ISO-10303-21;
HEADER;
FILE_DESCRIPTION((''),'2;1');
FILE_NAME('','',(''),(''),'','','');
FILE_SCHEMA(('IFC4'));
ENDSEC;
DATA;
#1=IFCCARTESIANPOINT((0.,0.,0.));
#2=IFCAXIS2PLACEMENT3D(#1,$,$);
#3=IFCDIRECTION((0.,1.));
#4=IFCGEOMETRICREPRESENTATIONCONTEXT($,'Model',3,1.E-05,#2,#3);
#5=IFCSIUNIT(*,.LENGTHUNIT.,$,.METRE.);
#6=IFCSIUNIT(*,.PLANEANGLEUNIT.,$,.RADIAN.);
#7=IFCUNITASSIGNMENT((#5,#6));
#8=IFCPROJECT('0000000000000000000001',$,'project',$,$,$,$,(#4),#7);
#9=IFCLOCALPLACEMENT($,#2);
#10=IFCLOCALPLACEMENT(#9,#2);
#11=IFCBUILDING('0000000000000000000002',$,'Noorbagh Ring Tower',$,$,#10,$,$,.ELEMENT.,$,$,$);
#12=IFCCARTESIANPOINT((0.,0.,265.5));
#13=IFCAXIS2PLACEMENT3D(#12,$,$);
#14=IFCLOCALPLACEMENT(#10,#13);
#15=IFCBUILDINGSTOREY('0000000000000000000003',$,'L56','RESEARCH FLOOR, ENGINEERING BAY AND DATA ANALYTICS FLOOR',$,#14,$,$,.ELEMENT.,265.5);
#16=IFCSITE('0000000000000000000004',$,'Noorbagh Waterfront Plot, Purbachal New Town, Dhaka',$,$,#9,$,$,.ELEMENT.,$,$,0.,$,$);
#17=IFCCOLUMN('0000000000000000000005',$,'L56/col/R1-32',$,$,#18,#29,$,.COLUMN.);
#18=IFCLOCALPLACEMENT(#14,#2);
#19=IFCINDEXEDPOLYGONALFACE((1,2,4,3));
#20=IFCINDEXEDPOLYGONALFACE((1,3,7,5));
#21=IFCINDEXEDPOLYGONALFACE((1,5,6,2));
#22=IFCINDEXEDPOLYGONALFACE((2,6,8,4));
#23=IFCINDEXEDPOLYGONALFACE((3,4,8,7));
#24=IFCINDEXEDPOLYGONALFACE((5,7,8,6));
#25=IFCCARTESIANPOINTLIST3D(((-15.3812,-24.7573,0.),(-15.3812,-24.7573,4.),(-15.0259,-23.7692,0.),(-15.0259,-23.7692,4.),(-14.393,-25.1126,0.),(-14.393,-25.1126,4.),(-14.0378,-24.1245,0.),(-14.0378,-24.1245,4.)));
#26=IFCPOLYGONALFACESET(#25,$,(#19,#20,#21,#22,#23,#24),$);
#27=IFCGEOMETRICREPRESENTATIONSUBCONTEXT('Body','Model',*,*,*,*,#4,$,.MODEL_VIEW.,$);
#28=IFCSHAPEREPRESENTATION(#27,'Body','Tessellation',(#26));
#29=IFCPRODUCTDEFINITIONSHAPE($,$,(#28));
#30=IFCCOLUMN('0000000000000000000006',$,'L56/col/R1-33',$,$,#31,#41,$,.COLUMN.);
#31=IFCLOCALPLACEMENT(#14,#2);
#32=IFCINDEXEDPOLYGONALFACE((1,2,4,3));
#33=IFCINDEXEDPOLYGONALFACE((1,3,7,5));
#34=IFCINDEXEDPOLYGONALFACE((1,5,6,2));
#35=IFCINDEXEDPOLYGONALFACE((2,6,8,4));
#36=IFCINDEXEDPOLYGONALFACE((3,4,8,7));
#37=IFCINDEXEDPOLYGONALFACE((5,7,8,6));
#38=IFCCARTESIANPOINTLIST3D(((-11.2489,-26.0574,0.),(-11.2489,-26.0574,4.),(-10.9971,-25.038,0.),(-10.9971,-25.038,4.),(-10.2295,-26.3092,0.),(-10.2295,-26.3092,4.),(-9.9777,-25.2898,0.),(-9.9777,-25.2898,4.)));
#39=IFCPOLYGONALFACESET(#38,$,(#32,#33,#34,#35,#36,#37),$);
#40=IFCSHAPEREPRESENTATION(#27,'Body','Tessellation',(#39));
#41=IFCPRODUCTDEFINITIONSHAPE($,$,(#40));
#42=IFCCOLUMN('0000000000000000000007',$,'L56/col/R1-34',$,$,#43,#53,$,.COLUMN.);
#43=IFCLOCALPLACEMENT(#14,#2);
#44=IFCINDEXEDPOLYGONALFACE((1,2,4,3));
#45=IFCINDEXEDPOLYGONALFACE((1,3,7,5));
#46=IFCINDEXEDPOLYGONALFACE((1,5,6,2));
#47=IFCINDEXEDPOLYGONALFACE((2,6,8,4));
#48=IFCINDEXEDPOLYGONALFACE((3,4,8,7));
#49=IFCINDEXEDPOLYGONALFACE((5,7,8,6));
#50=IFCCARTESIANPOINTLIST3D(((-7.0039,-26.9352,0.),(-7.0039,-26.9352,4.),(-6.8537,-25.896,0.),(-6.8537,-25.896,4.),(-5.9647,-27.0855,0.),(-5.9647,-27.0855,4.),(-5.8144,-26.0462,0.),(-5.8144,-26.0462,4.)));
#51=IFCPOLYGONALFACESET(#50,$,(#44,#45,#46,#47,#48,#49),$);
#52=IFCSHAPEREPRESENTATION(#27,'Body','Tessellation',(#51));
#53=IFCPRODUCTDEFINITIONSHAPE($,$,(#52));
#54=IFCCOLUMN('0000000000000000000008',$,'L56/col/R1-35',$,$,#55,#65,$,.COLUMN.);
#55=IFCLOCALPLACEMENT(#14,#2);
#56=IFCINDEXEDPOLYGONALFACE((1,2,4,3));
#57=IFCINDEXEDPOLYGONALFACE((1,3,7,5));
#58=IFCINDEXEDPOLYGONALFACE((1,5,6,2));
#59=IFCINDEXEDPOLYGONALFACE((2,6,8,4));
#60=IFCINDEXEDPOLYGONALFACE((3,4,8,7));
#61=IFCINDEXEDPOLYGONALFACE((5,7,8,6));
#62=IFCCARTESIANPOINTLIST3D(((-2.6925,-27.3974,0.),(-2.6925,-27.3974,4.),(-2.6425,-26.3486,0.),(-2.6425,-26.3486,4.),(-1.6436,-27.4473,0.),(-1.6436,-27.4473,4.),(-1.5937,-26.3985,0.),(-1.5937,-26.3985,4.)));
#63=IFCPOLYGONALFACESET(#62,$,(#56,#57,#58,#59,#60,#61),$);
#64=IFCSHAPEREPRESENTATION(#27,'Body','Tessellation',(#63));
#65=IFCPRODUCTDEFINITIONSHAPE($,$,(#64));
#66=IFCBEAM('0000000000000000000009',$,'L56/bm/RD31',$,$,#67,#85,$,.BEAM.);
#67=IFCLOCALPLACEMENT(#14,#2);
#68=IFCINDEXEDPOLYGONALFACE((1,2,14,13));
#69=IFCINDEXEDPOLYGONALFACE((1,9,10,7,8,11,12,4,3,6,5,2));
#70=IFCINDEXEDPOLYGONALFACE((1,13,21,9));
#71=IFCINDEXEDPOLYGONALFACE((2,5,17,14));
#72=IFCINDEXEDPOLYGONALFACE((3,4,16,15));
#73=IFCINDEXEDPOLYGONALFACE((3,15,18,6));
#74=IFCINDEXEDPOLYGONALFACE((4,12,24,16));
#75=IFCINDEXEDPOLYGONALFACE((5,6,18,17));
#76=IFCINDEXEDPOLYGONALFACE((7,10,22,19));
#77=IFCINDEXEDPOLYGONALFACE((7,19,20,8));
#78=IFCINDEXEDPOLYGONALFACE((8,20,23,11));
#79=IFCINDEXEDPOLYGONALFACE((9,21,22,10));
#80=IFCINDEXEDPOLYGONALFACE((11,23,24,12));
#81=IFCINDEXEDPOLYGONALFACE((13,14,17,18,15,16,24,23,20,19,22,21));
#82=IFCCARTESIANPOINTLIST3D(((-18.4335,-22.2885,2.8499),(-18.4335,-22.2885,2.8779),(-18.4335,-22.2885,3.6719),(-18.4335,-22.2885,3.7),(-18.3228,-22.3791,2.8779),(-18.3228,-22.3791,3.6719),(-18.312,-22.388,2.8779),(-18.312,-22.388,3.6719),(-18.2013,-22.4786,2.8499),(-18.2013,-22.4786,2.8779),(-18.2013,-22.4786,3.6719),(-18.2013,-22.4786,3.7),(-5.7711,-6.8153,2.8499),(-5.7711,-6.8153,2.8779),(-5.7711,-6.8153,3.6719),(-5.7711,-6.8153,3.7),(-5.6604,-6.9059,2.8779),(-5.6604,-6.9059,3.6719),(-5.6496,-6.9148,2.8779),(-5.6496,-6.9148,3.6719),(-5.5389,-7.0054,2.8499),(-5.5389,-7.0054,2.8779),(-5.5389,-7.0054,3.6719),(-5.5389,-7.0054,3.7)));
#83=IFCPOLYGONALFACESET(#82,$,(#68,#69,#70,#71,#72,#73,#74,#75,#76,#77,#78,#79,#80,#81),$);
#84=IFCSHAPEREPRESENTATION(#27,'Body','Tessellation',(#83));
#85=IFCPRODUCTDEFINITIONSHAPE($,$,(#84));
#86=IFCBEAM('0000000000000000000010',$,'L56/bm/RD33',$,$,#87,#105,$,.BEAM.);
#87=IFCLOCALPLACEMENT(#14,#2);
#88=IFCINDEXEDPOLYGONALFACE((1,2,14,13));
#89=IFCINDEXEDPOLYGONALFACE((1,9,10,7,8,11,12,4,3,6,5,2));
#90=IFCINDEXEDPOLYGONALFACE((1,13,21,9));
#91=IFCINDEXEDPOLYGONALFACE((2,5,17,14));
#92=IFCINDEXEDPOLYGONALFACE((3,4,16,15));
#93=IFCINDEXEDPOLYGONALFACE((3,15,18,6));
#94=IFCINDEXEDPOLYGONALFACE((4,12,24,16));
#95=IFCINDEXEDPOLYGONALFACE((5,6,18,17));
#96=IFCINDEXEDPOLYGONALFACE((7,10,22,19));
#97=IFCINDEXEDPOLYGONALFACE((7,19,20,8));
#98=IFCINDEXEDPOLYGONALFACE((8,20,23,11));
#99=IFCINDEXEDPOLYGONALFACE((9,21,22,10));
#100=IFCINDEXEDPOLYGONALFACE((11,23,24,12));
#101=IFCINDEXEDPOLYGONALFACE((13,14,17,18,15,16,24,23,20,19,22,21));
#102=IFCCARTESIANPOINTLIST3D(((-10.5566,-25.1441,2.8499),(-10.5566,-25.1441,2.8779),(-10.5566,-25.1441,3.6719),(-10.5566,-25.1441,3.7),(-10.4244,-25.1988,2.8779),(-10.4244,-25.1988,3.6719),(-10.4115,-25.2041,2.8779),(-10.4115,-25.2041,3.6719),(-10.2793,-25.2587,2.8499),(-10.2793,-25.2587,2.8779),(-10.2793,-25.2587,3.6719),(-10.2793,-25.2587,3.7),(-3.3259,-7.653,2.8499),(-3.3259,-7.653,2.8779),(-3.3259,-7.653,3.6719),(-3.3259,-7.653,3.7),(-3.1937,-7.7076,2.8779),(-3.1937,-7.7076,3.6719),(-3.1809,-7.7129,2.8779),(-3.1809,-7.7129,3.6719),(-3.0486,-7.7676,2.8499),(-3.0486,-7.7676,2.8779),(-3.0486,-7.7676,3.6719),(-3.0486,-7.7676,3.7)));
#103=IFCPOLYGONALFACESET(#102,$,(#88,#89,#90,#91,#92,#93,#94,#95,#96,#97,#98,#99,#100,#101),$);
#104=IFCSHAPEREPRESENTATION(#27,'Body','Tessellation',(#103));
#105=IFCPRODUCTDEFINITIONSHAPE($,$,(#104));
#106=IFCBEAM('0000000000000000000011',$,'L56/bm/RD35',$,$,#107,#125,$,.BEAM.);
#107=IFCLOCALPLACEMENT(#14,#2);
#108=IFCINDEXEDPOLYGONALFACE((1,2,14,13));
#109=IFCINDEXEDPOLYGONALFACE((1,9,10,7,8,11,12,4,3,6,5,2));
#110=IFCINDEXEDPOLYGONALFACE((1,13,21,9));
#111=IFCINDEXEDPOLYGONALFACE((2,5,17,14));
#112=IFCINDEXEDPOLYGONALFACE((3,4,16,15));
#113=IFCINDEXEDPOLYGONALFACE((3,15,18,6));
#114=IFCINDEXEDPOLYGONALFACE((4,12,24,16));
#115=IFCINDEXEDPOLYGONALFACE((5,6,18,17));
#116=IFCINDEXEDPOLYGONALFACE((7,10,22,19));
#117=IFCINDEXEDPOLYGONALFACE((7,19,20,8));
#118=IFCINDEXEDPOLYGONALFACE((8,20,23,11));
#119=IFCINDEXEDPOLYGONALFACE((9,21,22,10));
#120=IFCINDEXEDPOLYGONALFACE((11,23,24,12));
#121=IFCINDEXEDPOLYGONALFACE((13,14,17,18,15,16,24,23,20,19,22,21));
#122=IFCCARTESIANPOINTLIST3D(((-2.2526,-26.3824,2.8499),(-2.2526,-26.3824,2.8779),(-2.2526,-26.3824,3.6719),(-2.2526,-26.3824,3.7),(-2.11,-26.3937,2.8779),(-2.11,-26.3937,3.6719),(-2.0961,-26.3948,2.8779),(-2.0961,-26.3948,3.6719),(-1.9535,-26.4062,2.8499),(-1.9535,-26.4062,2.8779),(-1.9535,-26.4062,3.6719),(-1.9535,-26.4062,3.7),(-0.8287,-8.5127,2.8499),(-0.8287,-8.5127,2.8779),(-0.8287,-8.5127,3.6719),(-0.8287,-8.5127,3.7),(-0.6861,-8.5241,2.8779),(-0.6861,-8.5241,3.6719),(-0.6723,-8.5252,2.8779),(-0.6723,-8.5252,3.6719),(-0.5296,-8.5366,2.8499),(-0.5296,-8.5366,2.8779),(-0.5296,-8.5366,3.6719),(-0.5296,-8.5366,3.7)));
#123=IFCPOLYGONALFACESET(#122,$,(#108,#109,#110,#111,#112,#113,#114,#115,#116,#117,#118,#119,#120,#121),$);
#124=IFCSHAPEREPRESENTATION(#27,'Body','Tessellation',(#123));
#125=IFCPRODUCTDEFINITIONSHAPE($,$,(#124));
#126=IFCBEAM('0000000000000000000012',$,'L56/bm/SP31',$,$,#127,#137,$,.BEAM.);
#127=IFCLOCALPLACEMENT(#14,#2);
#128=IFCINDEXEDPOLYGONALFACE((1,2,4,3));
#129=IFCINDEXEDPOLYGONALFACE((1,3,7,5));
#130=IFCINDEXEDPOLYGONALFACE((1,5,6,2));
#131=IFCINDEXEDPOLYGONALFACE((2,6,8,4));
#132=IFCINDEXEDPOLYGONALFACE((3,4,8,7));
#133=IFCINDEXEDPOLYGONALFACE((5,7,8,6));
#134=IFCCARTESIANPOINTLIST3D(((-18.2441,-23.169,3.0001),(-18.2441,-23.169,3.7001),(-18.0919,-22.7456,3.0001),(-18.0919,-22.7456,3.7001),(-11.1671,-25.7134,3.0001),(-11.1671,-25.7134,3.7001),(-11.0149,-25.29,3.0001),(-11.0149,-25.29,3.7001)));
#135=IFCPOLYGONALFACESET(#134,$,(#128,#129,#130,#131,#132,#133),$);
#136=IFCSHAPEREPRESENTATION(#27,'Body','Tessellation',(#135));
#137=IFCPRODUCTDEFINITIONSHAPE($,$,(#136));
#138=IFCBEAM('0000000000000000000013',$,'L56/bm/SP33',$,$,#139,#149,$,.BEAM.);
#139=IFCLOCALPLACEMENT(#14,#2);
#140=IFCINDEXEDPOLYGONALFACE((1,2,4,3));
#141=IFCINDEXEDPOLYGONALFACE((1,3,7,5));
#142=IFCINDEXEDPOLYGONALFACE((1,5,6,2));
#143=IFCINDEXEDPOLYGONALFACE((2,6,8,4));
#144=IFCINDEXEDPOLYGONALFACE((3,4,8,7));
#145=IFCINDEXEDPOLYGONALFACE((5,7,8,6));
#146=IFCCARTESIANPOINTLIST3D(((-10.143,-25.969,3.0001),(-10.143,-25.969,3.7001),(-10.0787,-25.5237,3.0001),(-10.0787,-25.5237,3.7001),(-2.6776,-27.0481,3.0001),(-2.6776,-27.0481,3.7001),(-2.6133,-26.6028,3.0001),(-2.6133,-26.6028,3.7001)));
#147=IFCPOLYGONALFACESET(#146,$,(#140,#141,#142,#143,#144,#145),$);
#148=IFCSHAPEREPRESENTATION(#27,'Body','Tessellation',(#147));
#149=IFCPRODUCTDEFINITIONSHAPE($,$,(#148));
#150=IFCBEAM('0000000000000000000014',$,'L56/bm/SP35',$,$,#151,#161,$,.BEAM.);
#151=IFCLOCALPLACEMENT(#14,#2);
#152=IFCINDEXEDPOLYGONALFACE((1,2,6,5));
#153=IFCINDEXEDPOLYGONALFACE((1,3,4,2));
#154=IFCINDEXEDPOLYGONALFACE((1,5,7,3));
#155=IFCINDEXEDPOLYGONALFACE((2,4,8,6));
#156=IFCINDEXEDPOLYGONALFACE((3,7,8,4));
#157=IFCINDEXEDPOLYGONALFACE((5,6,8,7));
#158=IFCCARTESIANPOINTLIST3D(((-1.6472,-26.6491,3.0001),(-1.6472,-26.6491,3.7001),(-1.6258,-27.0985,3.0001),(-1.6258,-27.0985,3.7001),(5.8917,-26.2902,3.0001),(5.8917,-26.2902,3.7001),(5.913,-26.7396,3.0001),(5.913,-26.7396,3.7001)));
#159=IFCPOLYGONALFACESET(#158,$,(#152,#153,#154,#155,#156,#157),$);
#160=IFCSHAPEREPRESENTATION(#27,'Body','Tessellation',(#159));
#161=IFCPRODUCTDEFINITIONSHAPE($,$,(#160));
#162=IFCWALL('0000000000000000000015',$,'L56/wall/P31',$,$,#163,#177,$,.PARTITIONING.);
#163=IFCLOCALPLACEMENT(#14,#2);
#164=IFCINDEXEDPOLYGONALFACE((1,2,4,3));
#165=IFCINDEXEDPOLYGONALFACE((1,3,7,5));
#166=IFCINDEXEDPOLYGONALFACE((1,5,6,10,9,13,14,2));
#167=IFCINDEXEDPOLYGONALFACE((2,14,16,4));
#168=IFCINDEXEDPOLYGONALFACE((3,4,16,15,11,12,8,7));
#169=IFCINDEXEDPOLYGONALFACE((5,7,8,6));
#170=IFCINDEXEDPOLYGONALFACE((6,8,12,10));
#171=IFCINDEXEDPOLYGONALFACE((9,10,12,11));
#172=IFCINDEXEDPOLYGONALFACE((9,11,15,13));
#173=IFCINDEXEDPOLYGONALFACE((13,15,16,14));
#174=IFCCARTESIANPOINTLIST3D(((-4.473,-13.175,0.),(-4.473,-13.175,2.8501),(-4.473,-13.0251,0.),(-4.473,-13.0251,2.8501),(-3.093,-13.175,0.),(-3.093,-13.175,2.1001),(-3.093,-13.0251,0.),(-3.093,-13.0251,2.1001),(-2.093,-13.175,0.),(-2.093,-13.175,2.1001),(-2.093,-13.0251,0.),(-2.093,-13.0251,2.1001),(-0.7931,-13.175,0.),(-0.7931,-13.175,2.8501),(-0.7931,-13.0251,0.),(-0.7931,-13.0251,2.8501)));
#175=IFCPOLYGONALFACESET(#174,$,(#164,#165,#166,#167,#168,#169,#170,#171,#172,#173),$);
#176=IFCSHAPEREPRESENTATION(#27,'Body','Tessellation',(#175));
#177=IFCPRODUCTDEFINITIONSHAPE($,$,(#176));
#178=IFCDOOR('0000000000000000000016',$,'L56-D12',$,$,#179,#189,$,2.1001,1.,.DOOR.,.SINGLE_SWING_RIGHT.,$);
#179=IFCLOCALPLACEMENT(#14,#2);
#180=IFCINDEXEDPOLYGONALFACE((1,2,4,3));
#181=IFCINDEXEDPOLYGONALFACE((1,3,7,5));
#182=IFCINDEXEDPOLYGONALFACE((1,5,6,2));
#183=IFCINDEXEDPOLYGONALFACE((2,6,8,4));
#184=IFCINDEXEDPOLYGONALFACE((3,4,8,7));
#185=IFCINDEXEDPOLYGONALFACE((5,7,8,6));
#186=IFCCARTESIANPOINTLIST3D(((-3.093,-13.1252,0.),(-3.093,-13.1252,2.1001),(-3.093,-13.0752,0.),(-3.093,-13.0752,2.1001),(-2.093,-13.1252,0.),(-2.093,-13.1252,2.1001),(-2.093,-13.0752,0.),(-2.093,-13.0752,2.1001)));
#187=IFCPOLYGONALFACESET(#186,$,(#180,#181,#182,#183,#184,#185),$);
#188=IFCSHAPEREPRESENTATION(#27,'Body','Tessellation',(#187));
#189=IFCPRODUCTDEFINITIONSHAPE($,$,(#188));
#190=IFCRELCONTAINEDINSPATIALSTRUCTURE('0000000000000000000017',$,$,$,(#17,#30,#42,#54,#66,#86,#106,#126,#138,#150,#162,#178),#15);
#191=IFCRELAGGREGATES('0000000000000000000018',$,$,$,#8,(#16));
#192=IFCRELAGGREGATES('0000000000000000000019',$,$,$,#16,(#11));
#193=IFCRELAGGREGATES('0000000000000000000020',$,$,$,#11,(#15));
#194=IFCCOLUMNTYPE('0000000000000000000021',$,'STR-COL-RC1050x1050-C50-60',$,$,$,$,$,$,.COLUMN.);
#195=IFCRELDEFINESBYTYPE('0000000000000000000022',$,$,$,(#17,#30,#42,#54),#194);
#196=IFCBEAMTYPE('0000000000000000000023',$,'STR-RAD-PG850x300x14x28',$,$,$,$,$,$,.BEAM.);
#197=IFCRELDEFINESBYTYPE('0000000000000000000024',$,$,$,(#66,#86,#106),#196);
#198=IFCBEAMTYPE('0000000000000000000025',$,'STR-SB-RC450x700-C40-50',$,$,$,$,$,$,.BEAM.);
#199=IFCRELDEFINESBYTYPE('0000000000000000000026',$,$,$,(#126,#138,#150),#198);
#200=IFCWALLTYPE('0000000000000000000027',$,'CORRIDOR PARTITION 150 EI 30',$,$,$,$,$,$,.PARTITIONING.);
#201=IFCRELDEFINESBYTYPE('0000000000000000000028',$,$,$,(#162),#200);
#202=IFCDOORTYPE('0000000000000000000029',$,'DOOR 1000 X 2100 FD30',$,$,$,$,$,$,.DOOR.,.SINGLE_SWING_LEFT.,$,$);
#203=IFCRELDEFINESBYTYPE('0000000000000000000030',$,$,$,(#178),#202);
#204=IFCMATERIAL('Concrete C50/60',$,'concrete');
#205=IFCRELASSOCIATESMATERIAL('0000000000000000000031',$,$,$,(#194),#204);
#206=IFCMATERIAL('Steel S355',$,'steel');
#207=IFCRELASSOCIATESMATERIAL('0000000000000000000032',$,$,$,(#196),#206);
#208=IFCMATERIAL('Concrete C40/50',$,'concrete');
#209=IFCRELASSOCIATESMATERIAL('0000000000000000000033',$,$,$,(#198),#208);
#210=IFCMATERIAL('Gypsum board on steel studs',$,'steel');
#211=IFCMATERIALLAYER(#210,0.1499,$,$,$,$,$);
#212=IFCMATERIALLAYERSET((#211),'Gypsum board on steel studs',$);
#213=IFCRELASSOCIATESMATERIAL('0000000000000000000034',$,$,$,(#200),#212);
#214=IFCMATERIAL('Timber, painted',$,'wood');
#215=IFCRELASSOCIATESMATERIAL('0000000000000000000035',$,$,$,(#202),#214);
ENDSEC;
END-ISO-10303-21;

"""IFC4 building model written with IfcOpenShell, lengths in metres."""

from ifc_helpers import new_model, si_unit, direction, frame, frame_2d, origin, origin_2d, place, context, subcontext, project, spatial, rectangle, i_section, extrude, material, layer, layer_set, material_profile, profile_set, type_object, element, fill, save


model = new_model("IFC4")

# Units and contexts
model_context = context("Model", 3, precision=1e-05, world=origin(), true_north=direction((0.0, 1.0)))
body_context = subcontext(model_context, "Body", "Model", "MODEL_VIEW")
ifc_project = project(units=[si_unit("LENGTHUNIT", "METRE"), si_unit("PLANEANGLEUNIT", "RADIAN")], contexts=[model_context])

# Site, building, storey
site_placement = place(None, origin())
site = spatial("IfcSite", under=ifc_project, at=site_placement, Name="Noorbagh Waterfront Plot, Purbachal New Town, Dhaka", CompositionType="ELEMENT", RefElevation=0.0)
building_placement = place(site_placement, origin())
building = spatial("IfcBuilding", under=site, at=building_placement, Name="Noorbagh Ring Tower", CompositionType="ELEMENT")
storey_placement = place(building_placement, frame((0.0, 0.0, 265.5)))
storey = spatial("IfcBuildingStorey", under=building, at=storey_placement, Name="L56", Description="RESEARCH FLOOR, ENGINEERING BAY AND DATA ANALYTICS FLOOR", CompositionType="ELEMENT", Elevation=265.5)

# Columns
ifc_material_1 = material(Name="Concrete C50/60", Category="concrete")
ifc_material_profile_1 = material_profile(ifc_material_1, rectangle(XDim=1.05, YDim=1.05, at=origin_2d()), Name="RC1050x1050")
ifc_profile_set_1 = profile_set([ifc_material_profile_1], Name="Concrete C50/60")
column_type = type_object("IfcColumnType", Name="STR-COL-RC1050x1050-C50-60", PredefinedType="COLUMN", material=ifc_profile_set_1)
for number, where, z_axis, x_axis, name in (
    (1, (-14.7095, -24.4409, 0.0), (0.0, 0.0, 1.0), (0.941025, -0.338338, 0.0), "L56/col/R1-32"),
    (2, (-10.6133, -25.6736, 0.0), (0.0, 0.0, 1.0), (0.970829, -0.239771, 0.0), "L56/col/R1-33"),
    (3, (-6.4092, -26.4907, 0.0), (0.0, 0.0, 1.0), (0.989713, -0.143066, 0.0), "L56/col/R1-34"),
    (4, (-2.1431, -26.8979, 0.0), (0.0, 0.0, 1.0), (0.998869, -0.047553, 0.0), "L56/col/R1-35"),
):
    element("IfcColumn", number, at=place(storey_placement, frame(where, z_axis=z_axis, x_axis=x_axis)), inside=storey, type_object=column_type, Name=name, PredefinedType="COLUMN", context=body_context, shape_type="SweptSolid", body=[
        extrude(rectangle(XDim=1.05, YDim=1.05, at=origin_2d()), origin(), (0.0, 0.0, 1.0), 4.0),
    ])

# Beams
ifc_material_2 = material(Name="Steel S355", Category="steel")
ifc_material_profile_2 = material_profile(ifc_material_2, i_section(OverallWidth=0.3, OverallDepth=0.8501, WebThickness=0.0139, FlangeThickness=0.0281, at=origin_2d()), Name="PG850x300x14x28")
ifc_profile_set_2 = profile_set([ifc_material_profile_2], Name="Steel S355")
beam_type_1 = type_object("IfcBeamType", Name="STR-RAD-PG850x300x14x28", PredefinedType="BEAM", material=ifc_profile_set_2)
beam_1_placement = place(storey_placement, frame((-18.3174, -22.3835, 3.2749), z_axis=(0.633313, 0.773896, 0.0), x_axis=(-0.773896, 0.633313, 0.0)))
element("IfcBeam", 5, at=beam_1_placement, inside=storey, type_object=beam_type_1, Name="L56/bm/RD31", PredefinedType="BEAM", context=body_context, shape_type="SweptSolid", body=[
    extrude(i_section(OverallWidth=0.3, OverallDepth=0.8501, WebThickness=0.0139, FlangeThickness=0.0281, at=origin_2d()), origin(), (0.0, 0.0, 1.0), 19.9939),
])
beam_2_placement = place(storey_placement, frame((-10.418, -25.2014, 3.2749), z_axis=(0.382035, 0.924148, 0.0), x_axis=(-0.924148, 0.382035, 0.0)))
element("IfcBeam", 6, at=beam_2_placement, inside=storey, type_object=beam_type_1, Name="L56/bm/RD33", PredefinedType="BEAM", context=body_context, shape_type="SweptSolid", body=[
    extrude(i_section(OverallWidth=0.3, OverallDepth=0.8501, WebThickness=0.0139, FlangeThickness=0.0281, at=origin_2d()), origin(), (0.0, 0.0, 1.0), 18.9268),
])
beam_3_placement = place(storey_placement, frame((-2.103, -26.3943, 3.2749), z_axis=(0.079427, 0.996841, 0.0), x_axis=(-0.996841, 0.079427, 0.0)))
element("IfcBeam", 7, at=beam_3_placement, inside=storey, type_object=beam_type_1, Name="L56/bm/RD35", PredefinedType="BEAM", context=body_context, shape_type="SweptSolid", body=[
    extrude(i_section(OverallWidth=0.3, OverallDepth=0.8501, WebThickness=0.0139, FlangeThickness=0.0281, at=origin_2d()), origin(), (0.0, 0.0, 1.0), 17.9263),
])
ifc_material_3 = material(Name="Concrete C40/50", Category="concrete")
ifc_material_profile_3 = material_profile(ifc_material_3, rectangle(XDim=0.45, YDim=0.7, at=origin_2d()), Name="RC450x700")
ifc_profile_set_3 = profile_set([ifc_material_profile_3], Name="Concrete C40/50")
beam_type_2 = type_object("IfcBeamType", Name="STR-SB-RC450x700-C40-50", PredefinedType="BEAM", material=ifc_profile_set_3)
beam_4_placement = place(storey_placement, frame((-18.168, -22.9573, 3.3501), z_axis=(0.941025, -0.338337, 0.0), x_axis=(0.338337, 0.941025, 0.0)))
element("IfcBeam", 8, at=beam_4_placement, inside=storey, type_object=beam_type_2, Name="L56/bm/SP31", PredefinedType="BEAM", context=body_context, shape_type="SweptSolid", body=[
    extrude(rectangle(XDim=0.45, YDim=0.7, at=origin_2d()), origin(), (0.0, 0.0, 1.0), 7.5205),
])
beam_5_placement = place(storey_placement, frame((-10.1108, -25.7463, 3.3501), z_axis=(0.989714, -0.143062, 0.0), x_axis=(0.143062, 0.989714, 0.0)))
element("IfcBeam", 9, at=beam_5_placement, inside=storey, type_object=beam_type_2, Name="L56/bm/SP33", PredefinedType="BEAM", context=body_context, shape_type="SweptSolid", body=[
    extrude(rectangle(XDim=0.45, YDim=0.7, at=origin_2d()), origin(), (0.0, 0.0, 1.0), 7.543),
])
beam_6_placement = place(storey_placement, frame((-1.6365, -26.8738, 3.3501), z_axis=(0.998869, 0.047551, 0.0), x_axis=(-0.047551, 0.998869, 0.0)))
element("IfcBeam", 10, at=beam_6_placement, inside=storey, type_object=beam_type_2, Name="L56/bm/SP35", PredefinedType="BEAM", context=body_context, shape_type="SweptSolid", body=[
    extrude(rectangle(XDim=0.45, YDim=0.7, at=origin_2d()), origin(), (0.0, 0.0, 1.0), 7.5474),
])

# Wall, opening, door
ifc_material_4 = material(Name="Gypsum board on steel studs", Category="steel")
ifc_layer_1 = layer(ifc_material_4, 0.1499)
ifc_layer_set_1 = layer_set([ifc_layer_1], Name="Gypsum board on steel studs")
wall_type_1 = type_object("IfcWallType", Name="CORRIDOR PARTITION 150 EI 30", PredefinedType="PARTITIONING", material=ifc_layer_set_1)
wall_1_placement = place(storey_placement, frame((-4.4729, -13.1001, 0.0), z_axis=(0.0, 0.0, 1.0), x_axis=(1.0, 0.0, 0.0)))
wall_1 = element("IfcWall", 11, at=wall_1_placement, inside=storey, type_object=wall_type_1, Name="L56/wall/P31", PredefinedType="PARTITIONING", context=body_context, shape_type="SweptSolid", body=[
    extrude(rectangle(XDim=3.6799, YDim=0.1499, at=frame_2d((1.8398, 0.0))), origin(), (0.0, 0.0, 1.0), 2.8501),
])
opening_placement = place(wall_1_placement, frame((1.3799, 0.0, 0.0)))
opening = element("IfcOpeningElement", 12, at=opening_placement, cuts=wall_1, PredefinedType="OPENING", context=body_context, shape_type="SweptSolid", body=[
    extrude(rectangle(XDim=1.0, YDim=2.1001, at=frame_2d((0.5, 1.05))), frame((0.0, 0.085, 0.0), z_axis=(0.0, -1.0, 0.0), x_axis=(1.0, 0.0, 0.0)), (0.0, 0.0, 1.0), 0.1699),
])
ifc_material_5 = material(Name="Timber, painted", Category="wood")
door_type = type_object("IfcDoorType", Name="DOOR 1000 X 2100 FD30", OperationType="SINGLE_SWING_LEFT", PredefinedType="DOOR", material=ifc_material_5)
door_placement = place(opening_placement, origin())
door = element("IfcDoor", 13, at=door_placement, inside=storey, type_object=door_type, Name="L56-D12", OperationType="SINGLE_SWING_RIGHT", OverallHeight=2.1001, OverallWidth=1.0, PredefinedType="DOOR", context=body_context, shape_type="SweptSolid", body=[
    extrude(rectangle(XDim=1.0, YDim=2.1001, at=frame_2d((0.5, 1.05))), frame((0.0, 0.0249, 0.0), z_axis=(0.0, -1.0, 0.0), x_axis=(1.0, 0.0, 0.0)), (0.0, 0.0, 1.0), 0.05),
])
fill(opening, door)

save(model, "model.ifc")
